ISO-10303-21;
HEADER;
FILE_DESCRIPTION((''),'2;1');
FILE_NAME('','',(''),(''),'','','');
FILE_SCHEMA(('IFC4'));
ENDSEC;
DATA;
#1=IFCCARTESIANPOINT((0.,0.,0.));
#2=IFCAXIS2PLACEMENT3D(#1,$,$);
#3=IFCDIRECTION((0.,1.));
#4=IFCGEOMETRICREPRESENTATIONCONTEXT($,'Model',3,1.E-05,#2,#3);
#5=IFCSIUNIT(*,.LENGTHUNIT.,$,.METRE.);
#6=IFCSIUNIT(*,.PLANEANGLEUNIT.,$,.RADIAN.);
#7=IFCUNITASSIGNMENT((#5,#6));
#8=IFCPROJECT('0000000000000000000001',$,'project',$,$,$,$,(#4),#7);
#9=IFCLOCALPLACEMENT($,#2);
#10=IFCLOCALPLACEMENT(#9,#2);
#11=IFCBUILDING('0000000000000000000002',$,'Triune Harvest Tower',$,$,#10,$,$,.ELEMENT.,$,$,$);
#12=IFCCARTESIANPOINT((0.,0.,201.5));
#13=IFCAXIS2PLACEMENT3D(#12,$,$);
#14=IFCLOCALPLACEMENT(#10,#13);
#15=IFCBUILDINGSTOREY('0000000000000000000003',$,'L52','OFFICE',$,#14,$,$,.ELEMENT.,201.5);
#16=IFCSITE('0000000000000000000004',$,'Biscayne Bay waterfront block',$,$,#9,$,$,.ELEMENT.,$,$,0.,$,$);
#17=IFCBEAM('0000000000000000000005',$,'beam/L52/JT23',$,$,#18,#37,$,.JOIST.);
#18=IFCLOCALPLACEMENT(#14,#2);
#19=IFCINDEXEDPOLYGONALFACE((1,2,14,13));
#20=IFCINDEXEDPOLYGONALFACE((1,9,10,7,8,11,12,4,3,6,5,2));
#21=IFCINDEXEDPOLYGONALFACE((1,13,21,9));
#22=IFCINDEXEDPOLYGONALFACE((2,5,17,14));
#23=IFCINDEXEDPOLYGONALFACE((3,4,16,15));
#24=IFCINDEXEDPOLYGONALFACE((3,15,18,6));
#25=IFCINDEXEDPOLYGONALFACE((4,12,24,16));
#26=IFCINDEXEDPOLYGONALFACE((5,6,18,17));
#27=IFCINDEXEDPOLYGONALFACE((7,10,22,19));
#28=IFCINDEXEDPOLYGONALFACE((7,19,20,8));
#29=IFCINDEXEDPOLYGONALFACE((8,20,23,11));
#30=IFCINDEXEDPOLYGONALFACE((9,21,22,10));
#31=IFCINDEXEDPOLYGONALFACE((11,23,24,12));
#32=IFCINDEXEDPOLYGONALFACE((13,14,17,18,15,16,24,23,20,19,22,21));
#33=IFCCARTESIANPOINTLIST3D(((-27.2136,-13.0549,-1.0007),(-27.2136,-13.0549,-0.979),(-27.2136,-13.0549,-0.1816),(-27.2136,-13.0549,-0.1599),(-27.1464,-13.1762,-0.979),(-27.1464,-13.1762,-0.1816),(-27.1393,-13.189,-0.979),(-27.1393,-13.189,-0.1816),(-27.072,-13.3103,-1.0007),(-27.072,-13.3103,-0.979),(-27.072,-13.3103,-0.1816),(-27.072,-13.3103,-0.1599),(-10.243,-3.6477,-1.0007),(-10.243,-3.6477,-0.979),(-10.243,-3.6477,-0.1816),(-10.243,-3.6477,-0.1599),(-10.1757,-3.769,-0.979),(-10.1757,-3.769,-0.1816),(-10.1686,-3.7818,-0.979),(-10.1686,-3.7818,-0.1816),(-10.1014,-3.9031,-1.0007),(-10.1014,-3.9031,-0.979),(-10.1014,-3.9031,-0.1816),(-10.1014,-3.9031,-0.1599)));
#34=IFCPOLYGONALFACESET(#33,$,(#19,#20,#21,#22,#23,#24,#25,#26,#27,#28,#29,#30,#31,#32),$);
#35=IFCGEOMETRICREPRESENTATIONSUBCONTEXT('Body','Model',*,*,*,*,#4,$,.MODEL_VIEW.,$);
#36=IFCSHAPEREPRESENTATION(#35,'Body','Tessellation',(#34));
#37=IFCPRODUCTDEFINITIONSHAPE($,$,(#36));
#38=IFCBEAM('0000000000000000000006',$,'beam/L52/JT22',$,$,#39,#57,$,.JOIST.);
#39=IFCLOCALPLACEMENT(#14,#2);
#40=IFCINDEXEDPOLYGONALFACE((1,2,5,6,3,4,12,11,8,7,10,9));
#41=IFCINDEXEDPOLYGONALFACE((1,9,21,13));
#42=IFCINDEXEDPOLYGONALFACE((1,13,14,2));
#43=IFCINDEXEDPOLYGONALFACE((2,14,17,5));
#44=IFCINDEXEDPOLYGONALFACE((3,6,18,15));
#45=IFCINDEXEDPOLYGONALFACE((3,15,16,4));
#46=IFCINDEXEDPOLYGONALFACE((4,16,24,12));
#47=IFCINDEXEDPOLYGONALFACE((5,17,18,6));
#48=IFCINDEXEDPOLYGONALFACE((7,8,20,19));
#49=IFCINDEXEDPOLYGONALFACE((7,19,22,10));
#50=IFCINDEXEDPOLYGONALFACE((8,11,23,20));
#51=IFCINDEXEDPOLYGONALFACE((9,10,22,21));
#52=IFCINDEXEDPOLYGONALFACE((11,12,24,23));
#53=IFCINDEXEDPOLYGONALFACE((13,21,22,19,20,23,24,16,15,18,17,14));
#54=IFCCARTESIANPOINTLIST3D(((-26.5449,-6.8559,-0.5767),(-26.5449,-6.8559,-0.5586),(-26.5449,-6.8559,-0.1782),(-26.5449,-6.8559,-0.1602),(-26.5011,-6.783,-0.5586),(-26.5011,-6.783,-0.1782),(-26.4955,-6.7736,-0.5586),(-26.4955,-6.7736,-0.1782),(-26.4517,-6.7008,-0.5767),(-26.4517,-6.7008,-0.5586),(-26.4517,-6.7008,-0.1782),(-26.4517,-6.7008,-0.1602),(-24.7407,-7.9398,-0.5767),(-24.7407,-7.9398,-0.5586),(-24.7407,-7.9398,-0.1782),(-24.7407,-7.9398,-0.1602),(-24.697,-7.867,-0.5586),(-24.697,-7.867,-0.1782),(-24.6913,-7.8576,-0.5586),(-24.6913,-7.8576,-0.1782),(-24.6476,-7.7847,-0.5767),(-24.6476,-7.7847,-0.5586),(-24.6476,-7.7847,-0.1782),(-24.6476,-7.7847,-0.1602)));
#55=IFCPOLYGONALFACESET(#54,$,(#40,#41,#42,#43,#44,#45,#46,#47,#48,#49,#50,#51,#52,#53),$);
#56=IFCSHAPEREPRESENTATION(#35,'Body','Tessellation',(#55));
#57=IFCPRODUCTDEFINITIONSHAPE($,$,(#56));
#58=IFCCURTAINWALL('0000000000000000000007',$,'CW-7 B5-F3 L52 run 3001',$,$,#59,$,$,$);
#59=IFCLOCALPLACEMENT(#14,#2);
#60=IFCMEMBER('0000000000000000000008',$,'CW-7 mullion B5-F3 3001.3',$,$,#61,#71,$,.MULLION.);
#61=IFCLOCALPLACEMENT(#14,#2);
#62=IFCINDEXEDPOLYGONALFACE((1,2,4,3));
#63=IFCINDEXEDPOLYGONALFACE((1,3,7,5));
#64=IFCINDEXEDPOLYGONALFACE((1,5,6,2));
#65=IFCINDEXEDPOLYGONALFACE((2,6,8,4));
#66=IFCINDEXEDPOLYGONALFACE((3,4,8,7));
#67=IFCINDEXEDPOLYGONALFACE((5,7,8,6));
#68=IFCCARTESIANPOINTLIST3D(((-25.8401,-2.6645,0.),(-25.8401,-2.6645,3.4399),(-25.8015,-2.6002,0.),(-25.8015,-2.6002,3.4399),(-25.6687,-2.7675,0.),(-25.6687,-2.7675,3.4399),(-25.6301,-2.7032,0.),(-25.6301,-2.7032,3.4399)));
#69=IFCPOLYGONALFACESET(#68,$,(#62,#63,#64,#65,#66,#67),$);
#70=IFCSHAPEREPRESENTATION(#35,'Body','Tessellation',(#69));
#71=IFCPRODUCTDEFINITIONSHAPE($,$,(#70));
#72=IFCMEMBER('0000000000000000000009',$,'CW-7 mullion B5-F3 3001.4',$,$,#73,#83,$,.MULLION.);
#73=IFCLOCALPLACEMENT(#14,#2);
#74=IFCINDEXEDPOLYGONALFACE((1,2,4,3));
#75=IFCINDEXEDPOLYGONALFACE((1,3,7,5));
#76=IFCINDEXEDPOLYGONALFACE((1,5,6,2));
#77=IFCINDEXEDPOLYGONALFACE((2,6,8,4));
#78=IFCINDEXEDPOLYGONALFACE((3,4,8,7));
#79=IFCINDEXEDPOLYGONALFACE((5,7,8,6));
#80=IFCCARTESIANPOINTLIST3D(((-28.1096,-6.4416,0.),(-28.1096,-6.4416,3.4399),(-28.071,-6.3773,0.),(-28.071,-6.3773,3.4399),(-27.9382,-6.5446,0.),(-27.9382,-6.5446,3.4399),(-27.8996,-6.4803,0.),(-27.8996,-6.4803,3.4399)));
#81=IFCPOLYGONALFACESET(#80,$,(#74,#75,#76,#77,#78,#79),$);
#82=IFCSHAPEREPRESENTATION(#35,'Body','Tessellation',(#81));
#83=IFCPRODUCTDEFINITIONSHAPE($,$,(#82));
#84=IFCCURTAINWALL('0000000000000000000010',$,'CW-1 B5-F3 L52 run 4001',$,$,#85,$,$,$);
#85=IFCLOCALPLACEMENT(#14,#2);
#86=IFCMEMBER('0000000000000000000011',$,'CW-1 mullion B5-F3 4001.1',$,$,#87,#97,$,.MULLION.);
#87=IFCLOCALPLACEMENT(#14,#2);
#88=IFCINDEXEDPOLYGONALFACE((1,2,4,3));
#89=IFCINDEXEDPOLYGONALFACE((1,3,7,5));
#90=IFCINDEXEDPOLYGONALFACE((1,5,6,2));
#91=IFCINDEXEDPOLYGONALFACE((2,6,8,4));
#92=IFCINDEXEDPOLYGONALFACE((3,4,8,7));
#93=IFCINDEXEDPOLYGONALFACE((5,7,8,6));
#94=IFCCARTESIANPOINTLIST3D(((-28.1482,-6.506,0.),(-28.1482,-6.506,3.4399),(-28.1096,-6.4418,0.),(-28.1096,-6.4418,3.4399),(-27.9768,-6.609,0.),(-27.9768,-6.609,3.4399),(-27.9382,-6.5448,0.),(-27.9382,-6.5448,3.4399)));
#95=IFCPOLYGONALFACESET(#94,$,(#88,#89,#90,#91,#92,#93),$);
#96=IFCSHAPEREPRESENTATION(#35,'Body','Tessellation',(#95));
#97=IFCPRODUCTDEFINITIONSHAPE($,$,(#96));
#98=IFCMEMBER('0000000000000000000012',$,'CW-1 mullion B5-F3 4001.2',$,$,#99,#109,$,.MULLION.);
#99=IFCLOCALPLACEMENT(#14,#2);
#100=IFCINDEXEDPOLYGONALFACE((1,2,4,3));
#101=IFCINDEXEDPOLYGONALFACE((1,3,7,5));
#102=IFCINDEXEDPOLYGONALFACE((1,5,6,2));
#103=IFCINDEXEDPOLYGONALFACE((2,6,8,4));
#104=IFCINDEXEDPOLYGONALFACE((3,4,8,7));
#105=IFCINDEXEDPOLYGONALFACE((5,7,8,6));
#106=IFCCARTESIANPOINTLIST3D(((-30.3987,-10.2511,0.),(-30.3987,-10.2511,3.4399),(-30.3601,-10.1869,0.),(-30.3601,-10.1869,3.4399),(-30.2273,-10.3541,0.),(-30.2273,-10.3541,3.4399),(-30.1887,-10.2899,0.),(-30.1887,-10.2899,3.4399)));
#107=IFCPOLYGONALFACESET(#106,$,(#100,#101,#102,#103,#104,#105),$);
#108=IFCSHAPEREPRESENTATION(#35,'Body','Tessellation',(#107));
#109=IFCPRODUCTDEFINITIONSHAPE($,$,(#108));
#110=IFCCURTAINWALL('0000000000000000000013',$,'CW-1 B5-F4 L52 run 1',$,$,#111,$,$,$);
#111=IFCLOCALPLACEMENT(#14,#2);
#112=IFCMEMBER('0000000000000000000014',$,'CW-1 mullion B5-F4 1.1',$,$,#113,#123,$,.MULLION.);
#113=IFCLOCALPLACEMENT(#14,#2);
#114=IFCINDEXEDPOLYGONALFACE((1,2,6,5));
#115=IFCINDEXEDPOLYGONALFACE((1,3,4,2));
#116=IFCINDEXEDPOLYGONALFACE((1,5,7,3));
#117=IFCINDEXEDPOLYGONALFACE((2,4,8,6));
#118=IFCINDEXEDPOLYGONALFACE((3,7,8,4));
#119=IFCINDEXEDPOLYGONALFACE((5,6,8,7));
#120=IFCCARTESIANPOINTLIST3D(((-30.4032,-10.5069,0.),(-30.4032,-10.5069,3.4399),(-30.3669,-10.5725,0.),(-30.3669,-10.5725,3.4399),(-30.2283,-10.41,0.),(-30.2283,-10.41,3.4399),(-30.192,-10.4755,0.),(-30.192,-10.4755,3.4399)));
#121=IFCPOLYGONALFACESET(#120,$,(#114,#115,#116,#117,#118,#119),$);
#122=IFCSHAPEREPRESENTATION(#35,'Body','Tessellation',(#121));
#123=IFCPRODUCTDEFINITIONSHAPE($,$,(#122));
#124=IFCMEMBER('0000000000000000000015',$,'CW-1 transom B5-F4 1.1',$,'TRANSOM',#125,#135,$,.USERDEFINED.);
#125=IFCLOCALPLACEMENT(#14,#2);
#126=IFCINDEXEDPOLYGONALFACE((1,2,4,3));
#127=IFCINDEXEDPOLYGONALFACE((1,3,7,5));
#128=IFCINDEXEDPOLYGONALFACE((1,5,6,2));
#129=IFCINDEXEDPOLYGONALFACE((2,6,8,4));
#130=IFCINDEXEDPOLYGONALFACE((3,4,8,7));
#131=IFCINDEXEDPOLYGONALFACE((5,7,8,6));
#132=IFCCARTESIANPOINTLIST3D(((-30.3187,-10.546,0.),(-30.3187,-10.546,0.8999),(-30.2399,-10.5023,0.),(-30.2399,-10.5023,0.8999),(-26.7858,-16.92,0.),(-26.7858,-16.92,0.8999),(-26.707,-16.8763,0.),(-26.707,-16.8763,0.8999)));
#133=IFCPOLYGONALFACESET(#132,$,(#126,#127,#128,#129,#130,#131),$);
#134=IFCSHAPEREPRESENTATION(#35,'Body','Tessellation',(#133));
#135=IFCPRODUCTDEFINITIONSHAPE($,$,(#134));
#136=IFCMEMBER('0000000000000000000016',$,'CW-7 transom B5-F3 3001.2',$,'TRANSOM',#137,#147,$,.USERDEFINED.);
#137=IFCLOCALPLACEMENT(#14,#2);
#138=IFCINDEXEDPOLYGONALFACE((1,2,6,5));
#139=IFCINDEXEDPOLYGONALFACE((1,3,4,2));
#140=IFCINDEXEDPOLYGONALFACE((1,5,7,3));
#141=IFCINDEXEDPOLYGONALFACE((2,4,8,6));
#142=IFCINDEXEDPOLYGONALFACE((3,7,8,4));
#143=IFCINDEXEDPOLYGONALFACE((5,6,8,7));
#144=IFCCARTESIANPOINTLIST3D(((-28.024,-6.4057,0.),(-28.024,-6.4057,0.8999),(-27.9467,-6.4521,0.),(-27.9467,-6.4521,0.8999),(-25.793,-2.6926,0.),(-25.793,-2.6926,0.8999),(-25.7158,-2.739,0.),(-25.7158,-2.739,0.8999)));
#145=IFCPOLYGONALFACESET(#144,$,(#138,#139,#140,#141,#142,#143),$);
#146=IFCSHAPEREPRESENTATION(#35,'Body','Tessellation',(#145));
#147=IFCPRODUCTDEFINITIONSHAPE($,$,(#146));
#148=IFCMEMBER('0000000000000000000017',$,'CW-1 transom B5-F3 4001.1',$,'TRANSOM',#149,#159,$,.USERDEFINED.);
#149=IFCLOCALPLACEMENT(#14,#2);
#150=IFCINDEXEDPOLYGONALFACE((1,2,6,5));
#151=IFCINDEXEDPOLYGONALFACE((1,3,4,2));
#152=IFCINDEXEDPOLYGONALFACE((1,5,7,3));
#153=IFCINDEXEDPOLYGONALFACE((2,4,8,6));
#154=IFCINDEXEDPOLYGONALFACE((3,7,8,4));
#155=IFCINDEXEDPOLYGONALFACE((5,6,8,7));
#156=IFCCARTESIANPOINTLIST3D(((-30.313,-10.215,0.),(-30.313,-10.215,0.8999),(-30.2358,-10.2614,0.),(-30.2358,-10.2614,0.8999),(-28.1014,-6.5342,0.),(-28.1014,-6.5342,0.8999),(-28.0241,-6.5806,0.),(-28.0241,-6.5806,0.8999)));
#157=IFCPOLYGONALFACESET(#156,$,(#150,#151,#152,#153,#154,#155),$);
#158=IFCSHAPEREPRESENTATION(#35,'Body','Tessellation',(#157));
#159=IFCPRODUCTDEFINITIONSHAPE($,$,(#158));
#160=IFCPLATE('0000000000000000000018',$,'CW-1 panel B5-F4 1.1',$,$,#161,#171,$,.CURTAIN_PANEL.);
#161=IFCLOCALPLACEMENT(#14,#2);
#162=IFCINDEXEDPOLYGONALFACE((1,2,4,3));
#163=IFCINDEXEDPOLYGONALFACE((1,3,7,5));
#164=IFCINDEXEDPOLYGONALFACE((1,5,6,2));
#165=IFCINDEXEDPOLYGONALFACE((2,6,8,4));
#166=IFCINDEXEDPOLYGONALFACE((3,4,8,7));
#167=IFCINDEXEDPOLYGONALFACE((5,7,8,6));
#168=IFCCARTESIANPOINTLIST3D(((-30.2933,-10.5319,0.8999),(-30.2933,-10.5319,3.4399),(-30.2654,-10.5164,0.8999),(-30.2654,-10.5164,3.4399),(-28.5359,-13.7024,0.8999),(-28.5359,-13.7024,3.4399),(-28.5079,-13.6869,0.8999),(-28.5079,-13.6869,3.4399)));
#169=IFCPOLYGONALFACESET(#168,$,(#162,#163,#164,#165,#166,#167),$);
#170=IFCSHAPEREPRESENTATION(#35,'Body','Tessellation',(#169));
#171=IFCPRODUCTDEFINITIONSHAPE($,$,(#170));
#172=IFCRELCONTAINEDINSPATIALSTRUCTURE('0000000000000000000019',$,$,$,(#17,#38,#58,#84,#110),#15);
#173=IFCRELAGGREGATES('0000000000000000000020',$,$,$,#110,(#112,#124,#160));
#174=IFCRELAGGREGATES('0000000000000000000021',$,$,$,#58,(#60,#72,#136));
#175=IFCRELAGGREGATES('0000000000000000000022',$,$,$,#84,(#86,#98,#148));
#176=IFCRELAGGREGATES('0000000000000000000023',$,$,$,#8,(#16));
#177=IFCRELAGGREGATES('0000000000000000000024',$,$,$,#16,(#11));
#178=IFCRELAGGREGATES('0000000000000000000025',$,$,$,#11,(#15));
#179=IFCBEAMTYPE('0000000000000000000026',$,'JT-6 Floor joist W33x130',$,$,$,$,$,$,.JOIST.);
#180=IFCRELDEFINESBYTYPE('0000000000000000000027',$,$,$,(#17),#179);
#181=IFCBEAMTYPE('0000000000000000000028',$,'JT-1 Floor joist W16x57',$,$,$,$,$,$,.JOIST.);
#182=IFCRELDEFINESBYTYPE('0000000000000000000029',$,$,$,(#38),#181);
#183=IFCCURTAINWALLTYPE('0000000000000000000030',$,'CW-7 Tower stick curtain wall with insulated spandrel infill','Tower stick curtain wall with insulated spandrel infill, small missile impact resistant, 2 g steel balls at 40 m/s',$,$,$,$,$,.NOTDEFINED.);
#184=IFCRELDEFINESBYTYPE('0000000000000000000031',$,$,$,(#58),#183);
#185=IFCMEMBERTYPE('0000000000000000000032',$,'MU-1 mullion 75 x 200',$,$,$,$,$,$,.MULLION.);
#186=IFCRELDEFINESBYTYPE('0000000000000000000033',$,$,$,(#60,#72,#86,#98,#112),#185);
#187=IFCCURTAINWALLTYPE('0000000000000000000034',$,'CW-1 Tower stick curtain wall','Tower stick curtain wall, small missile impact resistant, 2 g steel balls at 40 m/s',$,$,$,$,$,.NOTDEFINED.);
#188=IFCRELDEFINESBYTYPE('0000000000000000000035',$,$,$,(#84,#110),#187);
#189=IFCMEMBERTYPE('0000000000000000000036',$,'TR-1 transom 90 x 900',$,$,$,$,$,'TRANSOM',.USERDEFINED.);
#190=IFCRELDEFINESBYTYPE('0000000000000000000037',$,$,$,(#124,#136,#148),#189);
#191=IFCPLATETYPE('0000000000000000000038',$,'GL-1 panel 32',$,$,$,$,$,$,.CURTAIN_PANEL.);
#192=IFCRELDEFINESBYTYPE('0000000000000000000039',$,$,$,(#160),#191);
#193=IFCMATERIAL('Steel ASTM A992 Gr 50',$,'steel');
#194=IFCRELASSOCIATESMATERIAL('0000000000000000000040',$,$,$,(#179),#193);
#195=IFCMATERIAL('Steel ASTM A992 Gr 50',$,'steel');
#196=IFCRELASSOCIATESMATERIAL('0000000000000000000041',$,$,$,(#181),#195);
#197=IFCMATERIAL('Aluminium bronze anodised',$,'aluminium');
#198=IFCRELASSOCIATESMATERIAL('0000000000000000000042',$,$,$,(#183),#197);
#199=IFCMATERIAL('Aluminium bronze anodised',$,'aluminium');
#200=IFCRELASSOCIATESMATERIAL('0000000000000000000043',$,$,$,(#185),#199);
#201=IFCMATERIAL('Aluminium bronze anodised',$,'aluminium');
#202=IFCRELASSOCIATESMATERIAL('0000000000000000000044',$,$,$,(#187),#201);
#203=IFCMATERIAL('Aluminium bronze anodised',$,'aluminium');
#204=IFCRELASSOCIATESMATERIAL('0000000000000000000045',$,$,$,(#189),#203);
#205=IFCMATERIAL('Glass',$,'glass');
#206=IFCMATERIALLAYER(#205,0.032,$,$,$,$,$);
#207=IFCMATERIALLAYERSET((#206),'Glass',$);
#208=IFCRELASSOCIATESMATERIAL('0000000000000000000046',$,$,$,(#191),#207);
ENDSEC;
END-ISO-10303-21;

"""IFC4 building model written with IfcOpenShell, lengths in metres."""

from ifc_helpers import new_model, si_unit, direction, frame, origin, origin_2d, place, context, subcontext, project, spatial, rectangle, i_section, extrude, source, transform, mapped, material, layer, layer_set, material_profile, profile_set, type_object, element, aggregate, save


model = new_model("IFC4")

# Units and contexts
model_context = context("Model", 3, precision=1e-05, world=origin(), true_north=direction((0.0, 1.0)))
body_context = subcontext(model_context, "Body", "Model", "MODEL_VIEW")
ifc_project = project(units=[si_unit("LENGTHUNIT", "METRE"), si_unit("PLANEANGLEUNIT", "RADIAN")], contexts=[model_context])

# Site, building, storey
site_placement = place(None, origin())
site = spatial("IfcSite", under=ifc_project, at=site_placement, Name="Biscayne Bay waterfront block", CompositionType="ELEMENT", RefElevation=0.0)
building_placement = place(site_placement, origin())
building = spatial("IfcBuilding", under=site, at=building_placement, Name="Triune Harvest Tower", CompositionType="ELEMENT")
storey_placement = place(building_placement, frame((0.0, 0.0, 201.5)))
storey = spatial("IfcBuildingStorey", under=building, at=storey_placement, Name="L52", Description="OFFICE", CompositionType="ELEMENT", Elevation=201.5)

# Beams
ifc_material_1 = material(Name="Steel ASTM A992 Gr 50", Category="steel")
ifc_material_profile_1 = material_profile(ifc_material_1, i_section(OverallWidth=0.292, OverallDepth=0.8408, WebThickness=0.0146, FlangeThickness=0.0217, at=origin_2d()), Name="W33x130")
ifc_profile_set_1 = profile_set([ifc_material_profile_1], Name="Steel ASTM A992 Gr 50")
beam_type_1 = type_object("IfcBeamType", Name="JT-6 Floor joist W33x130", PredefinedType="JOIST", material=ifc_profile_set_1)
shared_shape_1 = source(origin(), body_context, "Body", "SweptSolid", [
    extrude(i_section(OverallWidth=0.292, OverallDepth=0.8408, WebThickness=0.0146, FlangeThickness=0.0217, at=origin_2d()), origin(), (0.0, 0.0, 1.0), 19.4036),
])
beam_1_placement = place(storey_placement, frame((-27.1428, -13.1826, -0.5803), z_axis=(0.874615, 0.484818, 0.0), x_axis=(-0.484818, 0.874615, 0.0)))
element("IfcBeam", 1, at=beam_1_placement, inside=storey, type_object=beam_type_1, Name="beam/L52/JT23", PredefinedType="JOIST", context=body_context, shape_type="MappedRepresentation", body=[
    mapped(shared_shape_1, transform((0.0, 0.0, 0.0), scale=1.0)),
])
ifc_material_2 = material(Name="Steel ASTM A992 Gr 50", Category="steel")
ifc_material_profile_2 = material_profile(ifc_material_2, i_section(OverallWidth=0.1809, OverallDepth=0.4165, WebThickness=0.011, FlangeThickness=0.0181, at=origin_2d()), Name="W16x57")
ifc_profile_set_2 = profile_set([ifc_material_profile_2], Name="Steel ASTM A992 Gr 50")
beam_type_2 = type_object("IfcBeamType", Name="JT-1 Floor joist W16x57", PredefinedType="JOIST", material=ifc_profile_set_2)
shared_shape_2 = source(origin(), body_context, "Body", "SweptSolid", [
    extrude(i_section(OverallWidth=0.1809, OverallDepth=0.4165, WebThickness=0.011, FlangeThickness=0.0181, at=origin_2d()), origin(), (0.0, 0.0, 1.0), 2.1047),
])
beam_2_placement = place(storey_placement, frame((-26.4983, -6.7783, -0.3684), z_axis=(0.857186, -0.515007, 0.0), x_axis=(0.515007, 0.857186, 0.0)))
element("IfcBeam", 2, at=beam_2_placement, inside=storey, type_object=beam_type_2, Name="beam/L52/JT22", PredefinedType="JOIST", context=body_context, shape_type="MappedRepresentation", body=[
    mapped(shared_shape_2, transform((0.0, 0.0, 0.0), scale=1.0)),
])

# Curtain walls, members
ifc_material_3 = material(Name="Aluminium bronze anodised", Category="aluminium")
curtain_wall_type_1 = type_object("IfcCurtainWallType", Name="CW-7 Tower stick curtain wall with insulated spandrel infill", Description="Tower stick curtain wall with insulated spandrel infill, small missile impact resistant, 2 g steel balls at 40 m/s", PredefinedType="NOTDEFINED", material=ifc_material_3)
curtain_wall_1_placement = place(storey_placement, origin())
curtain_wall_1 = element("IfcCurtainWall", 3, at=curtain_wall_1_placement, inside=storey, type_object=curtain_wall_type_1, Name="CW-7 B5-F3 L52 run 3001")
ifc_material_4 = material(Name="Aluminium bronze anodised", Category="aluminium")
ifc_material_profile_3 = material_profile(ifc_material_4, rectangle(XDim=0.2, YDim=0.075, at=origin_2d()), Name="MU-1 mullion 75 x 200")
ifc_profile_set_3 = profile_set([ifc_material_profile_3], Name="Aluminium bronze anodised")
member_type_1 = type_object("IfcMemberType", Name="MU-1 mullion 75 x 200", PredefinedType="MULLION", material=ifc_profile_set_3)
shared_shape_3 = source(origin(), body_context, "Body", "SweptSolid", [
    extrude(rectangle(XDim=0.2, YDim=0.075, at=origin_2d()), origin(), (0.0, 0.0, 1.0), 3.4399),
])
member_1_placement = place(storey_placement, frame((-25.7351, -2.6838, 0.0), z_axis=(0.0, 0.0, 1.0), x_axis=(0.857166, -0.515039, 0.0)))
member_1 = element("IfcMember", 4, at=member_1_placement, type_object=member_type_1, Name="CW-7 mullion B5-F3 3001.3", PredefinedType="MULLION", context=body_context, shape_type="MappedRepresentation", body=[
    mapped(shared_shape_3, transform((0.0, 0.0, 0.0), scale=1.0)),
])
member_2_placement = place(storey_placement, frame((-28.0046, -6.4609, 0.0), z_axis=(0.0, 0.0, 1.0), x_axis=(0.857166, -0.515039, 0.0)))
member_2 = element("IfcMember", 5, at=member_2_placement, type_object=member_type_1, Name="CW-7 mullion B5-F3 3001.4", PredefinedType="MULLION", context=body_context, shape_type="MappedRepresentation", body=[
    mapped(shared_shape_3, transform((0.0, 0.0, 0.0), scale=1.0)),
])
ifc_material_5 = material(Name="Aluminium bronze anodised", Category="aluminium")
curtain_wall_type_2 = type_object("IfcCurtainWallType", Name="CW-1 Tower stick curtain wall", Description="Tower stick curtain wall, small missile impact resistant, 2 g steel balls at 40 m/s", PredefinedType="NOTDEFINED", material=ifc_material_5)
curtain_wall_2_placement = place(storey_placement, origin())
curtain_wall_2 = element("IfcCurtainWall", 6, at=curtain_wall_2_placement, inside=storey, type_object=curtain_wall_type_2, Name="CW-1 B5-F3 L52 run 4001")
member_3_placement = place(storey_placement, frame((-28.0432, -6.5254, 0.0), z_axis=(0.0, 0.0, 1.0), x_axis=(0.857168, -0.515037, 0.0)))
member_3 = element("IfcMember", 7, at=member_3_placement, type_object=member_type_1, Name="CW-1 mullion B5-F3 4001.1", PredefinedType="MULLION", context=body_context, shape_type="MappedRepresentation", body=[
    mapped(shared_shape_3, transform((0.0, 0.0, 0.0), scale=1.0)),
])
member_4_placement = place(storey_placement, frame((-30.2937, -10.2705, 0.0), z_axis=(0.0, 0.0, 1.0), x_axis=(0.857168, -0.515037, 0.0)))
member_4 = element("IfcMember", 8, at=member_4_placement, type_object=member_type_1, Name="CW-1 mullion B5-F3 4001.2", PredefinedType="MULLION", context=body_context, shape_type="MappedRepresentation", body=[
    mapped(shared_shape_3, transform((0.0, 0.0, 0.0), scale=1.0)),
])
curtain_wall_3_placement = place(storey_placement, origin())
curtain_wall_3 = element("IfcCurtainWall", 9, at=curtain_wall_3_placement, inside=storey, type_object=curtain_wall_type_2, Name="CW-1 B5-F4 L52 run 1")
member_5_placement = place(storey_placement, frame((-30.2976, -10.4912, 0.0), z_axis=(0.0, 0.0, 1.0), x_axis=(0.874624, 0.484802, 0.0)))
member_5 = element("IfcMember", 10, at=member_5_placement, type_object=member_type_1, Name="CW-1 mullion B5-F4 1.1", PredefinedType="MULLION", context=body_context, shape_type="MappedRepresentation", body=[
    mapped(shared_shape_3, transform((0.0, 0.0, 0.0), scale=1.0)),
])
ifc_material_6 = material(Name="Aluminium bronze anodised", Category="aluminium")
ifc_material_profile_4 = material_profile(ifc_material_6, rectangle(XDim=0.0901, YDim=0.8999, at=origin_2d()), Name="TR-1 transom 90 x 900")
ifc_profile_set_4 = profile_set([ifc_material_profile_4], Name="Aluminium bronze anodised")
member_type_2 = type_object("IfcMemberType", Name="TR-1 transom 90 x 900", ElementType="TRANSOM", PredefinedType="USERDEFINED", material=ifc_profile_set_4)
shared_shape_4 = source(origin(), body_context, "Body", "SweptSolid", [
    extrude(rectangle(XDim=0.0901, YDim=0.8999, at=origin_2d()), origin(), (0.0, 0.0, 1.0), 7.2876),
])
member_6_placement = place(storey_placement, frame((-30.2793, -10.5242, 0.45), z_axis=(0.484787, -0.874633, 0.0), x_axis=(0.874633, 0.484787, 0.0)))
member_6 = element("IfcMember", 11, at=member_6_placement, type_object=member_type_2, Name="CW-1 transom B5-F4 1.1", ObjectType="TRANSOM", PredefinedType="USERDEFINED", context=body_context, shape_type="MappedRepresentation", body=[
    mapped(shared_shape_4, transform((0.0, 0.0, 0.0), scale=1.0)),
])

# Members
shared_shape_5 = source(origin(), body_context, "Body", "SweptSolid", [
    extrude(rectangle(XDim=0.0901, YDim=0.8999, at=origin_2d()), origin(), (0.0, 0.0, 1.0), 4.3318),
])
member_7_placement = place(storey_placement, frame((-25.7544, -2.7158, 0.45), z_axis=(-0.515018, -0.857179, 0.0), x_axis=(0.857179, -0.515018, 0.0)))
member_7 = element("IfcMember", 12, at=member_7_placement, type_object=member_type_2, Name="CW-7 transom B5-F3 3001.2", ObjectType="TRANSOM", PredefinedType="USERDEFINED", context=body_context, shape_type="MappedRepresentation", body=[
    mapped(shared_shape_5, transform((0.0, 0.0, 0.0), scale=1.0)),
])
shared_shape_6 = source(origin(), body_context, "Body", "SweptSolid", [
    extrude(rectangle(XDim=0.0901, YDim=0.8999, at=origin_2d()), origin(), (0.0, 0.0, 1.0), 4.2942),
])
member_8_placement = place(storey_placement, frame((-28.0627, -6.5574, 0.45), z_axis=(-0.515031, -0.857172, 0.0), x_axis=(0.857172, -0.515031, 0.0)))
member_8 = element("IfcMember", 13, at=member_8_placement, type_object=member_type_2, Name="CW-1 transom B5-F3 4001.1", ObjectType="TRANSOM", PredefinedType="USERDEFINED", context=body_context, shape_type="MappedRepresentation", body=[
    mapped(shared_shape_6, transform((0.0, 0.0, 0.0), scale=1.0)),
])

# Plate
ifc_material_7 = material(Name="Glass", Category="glass")
ifc_layer_1 = layer(ifc_material_7, 0.032)
ifc_layer_set_1 = layer_set([ifc_layer_1], Name="Glass")
plate_type_1 = type_object("IfcPlateType", Name="GL-1 panel 32", PredefinedType="CURTAIN_PANEL", material=ifc_layer_set_1)
shared_shape_7 = source(origin(), body_context, "Body", "SweptSolid", [
    extrude(rectangle(XDim=3.625, YDim=0.032, at=origin_2d()), origin(), (0.0, 0.0, 1.0), 2.54),
])
plate_1_placement = place(storey_placement, frame((-29.4006, -12.1094, 0.8999), z_axis=(0.0, 0.0, 1.0), x_axis=(0.484802, -0.874624, 0.0)))
plate_1 = element("IfcPlate", 14, at=plate_1_placement, type_object=plate_type_1, Name="CW-1 panel B5-F4 1.1", PredefinedType="CURTAIN_PANEL", context=body_context, shape_type="MappedRepresentation", body=[
    mapped(shared_shape_7, transform((0.0, 0.0, 0.0), scale=1.0)),
])
aggregate(curtain_wall_3, [member_5, member_6, plate_1])
aggregate(curtain_wall_1, [member_1, member_2, member_7])
aggregate(curtain_wall_2, [member_3, member_4, member_8])

save(model, "model.ifc")
